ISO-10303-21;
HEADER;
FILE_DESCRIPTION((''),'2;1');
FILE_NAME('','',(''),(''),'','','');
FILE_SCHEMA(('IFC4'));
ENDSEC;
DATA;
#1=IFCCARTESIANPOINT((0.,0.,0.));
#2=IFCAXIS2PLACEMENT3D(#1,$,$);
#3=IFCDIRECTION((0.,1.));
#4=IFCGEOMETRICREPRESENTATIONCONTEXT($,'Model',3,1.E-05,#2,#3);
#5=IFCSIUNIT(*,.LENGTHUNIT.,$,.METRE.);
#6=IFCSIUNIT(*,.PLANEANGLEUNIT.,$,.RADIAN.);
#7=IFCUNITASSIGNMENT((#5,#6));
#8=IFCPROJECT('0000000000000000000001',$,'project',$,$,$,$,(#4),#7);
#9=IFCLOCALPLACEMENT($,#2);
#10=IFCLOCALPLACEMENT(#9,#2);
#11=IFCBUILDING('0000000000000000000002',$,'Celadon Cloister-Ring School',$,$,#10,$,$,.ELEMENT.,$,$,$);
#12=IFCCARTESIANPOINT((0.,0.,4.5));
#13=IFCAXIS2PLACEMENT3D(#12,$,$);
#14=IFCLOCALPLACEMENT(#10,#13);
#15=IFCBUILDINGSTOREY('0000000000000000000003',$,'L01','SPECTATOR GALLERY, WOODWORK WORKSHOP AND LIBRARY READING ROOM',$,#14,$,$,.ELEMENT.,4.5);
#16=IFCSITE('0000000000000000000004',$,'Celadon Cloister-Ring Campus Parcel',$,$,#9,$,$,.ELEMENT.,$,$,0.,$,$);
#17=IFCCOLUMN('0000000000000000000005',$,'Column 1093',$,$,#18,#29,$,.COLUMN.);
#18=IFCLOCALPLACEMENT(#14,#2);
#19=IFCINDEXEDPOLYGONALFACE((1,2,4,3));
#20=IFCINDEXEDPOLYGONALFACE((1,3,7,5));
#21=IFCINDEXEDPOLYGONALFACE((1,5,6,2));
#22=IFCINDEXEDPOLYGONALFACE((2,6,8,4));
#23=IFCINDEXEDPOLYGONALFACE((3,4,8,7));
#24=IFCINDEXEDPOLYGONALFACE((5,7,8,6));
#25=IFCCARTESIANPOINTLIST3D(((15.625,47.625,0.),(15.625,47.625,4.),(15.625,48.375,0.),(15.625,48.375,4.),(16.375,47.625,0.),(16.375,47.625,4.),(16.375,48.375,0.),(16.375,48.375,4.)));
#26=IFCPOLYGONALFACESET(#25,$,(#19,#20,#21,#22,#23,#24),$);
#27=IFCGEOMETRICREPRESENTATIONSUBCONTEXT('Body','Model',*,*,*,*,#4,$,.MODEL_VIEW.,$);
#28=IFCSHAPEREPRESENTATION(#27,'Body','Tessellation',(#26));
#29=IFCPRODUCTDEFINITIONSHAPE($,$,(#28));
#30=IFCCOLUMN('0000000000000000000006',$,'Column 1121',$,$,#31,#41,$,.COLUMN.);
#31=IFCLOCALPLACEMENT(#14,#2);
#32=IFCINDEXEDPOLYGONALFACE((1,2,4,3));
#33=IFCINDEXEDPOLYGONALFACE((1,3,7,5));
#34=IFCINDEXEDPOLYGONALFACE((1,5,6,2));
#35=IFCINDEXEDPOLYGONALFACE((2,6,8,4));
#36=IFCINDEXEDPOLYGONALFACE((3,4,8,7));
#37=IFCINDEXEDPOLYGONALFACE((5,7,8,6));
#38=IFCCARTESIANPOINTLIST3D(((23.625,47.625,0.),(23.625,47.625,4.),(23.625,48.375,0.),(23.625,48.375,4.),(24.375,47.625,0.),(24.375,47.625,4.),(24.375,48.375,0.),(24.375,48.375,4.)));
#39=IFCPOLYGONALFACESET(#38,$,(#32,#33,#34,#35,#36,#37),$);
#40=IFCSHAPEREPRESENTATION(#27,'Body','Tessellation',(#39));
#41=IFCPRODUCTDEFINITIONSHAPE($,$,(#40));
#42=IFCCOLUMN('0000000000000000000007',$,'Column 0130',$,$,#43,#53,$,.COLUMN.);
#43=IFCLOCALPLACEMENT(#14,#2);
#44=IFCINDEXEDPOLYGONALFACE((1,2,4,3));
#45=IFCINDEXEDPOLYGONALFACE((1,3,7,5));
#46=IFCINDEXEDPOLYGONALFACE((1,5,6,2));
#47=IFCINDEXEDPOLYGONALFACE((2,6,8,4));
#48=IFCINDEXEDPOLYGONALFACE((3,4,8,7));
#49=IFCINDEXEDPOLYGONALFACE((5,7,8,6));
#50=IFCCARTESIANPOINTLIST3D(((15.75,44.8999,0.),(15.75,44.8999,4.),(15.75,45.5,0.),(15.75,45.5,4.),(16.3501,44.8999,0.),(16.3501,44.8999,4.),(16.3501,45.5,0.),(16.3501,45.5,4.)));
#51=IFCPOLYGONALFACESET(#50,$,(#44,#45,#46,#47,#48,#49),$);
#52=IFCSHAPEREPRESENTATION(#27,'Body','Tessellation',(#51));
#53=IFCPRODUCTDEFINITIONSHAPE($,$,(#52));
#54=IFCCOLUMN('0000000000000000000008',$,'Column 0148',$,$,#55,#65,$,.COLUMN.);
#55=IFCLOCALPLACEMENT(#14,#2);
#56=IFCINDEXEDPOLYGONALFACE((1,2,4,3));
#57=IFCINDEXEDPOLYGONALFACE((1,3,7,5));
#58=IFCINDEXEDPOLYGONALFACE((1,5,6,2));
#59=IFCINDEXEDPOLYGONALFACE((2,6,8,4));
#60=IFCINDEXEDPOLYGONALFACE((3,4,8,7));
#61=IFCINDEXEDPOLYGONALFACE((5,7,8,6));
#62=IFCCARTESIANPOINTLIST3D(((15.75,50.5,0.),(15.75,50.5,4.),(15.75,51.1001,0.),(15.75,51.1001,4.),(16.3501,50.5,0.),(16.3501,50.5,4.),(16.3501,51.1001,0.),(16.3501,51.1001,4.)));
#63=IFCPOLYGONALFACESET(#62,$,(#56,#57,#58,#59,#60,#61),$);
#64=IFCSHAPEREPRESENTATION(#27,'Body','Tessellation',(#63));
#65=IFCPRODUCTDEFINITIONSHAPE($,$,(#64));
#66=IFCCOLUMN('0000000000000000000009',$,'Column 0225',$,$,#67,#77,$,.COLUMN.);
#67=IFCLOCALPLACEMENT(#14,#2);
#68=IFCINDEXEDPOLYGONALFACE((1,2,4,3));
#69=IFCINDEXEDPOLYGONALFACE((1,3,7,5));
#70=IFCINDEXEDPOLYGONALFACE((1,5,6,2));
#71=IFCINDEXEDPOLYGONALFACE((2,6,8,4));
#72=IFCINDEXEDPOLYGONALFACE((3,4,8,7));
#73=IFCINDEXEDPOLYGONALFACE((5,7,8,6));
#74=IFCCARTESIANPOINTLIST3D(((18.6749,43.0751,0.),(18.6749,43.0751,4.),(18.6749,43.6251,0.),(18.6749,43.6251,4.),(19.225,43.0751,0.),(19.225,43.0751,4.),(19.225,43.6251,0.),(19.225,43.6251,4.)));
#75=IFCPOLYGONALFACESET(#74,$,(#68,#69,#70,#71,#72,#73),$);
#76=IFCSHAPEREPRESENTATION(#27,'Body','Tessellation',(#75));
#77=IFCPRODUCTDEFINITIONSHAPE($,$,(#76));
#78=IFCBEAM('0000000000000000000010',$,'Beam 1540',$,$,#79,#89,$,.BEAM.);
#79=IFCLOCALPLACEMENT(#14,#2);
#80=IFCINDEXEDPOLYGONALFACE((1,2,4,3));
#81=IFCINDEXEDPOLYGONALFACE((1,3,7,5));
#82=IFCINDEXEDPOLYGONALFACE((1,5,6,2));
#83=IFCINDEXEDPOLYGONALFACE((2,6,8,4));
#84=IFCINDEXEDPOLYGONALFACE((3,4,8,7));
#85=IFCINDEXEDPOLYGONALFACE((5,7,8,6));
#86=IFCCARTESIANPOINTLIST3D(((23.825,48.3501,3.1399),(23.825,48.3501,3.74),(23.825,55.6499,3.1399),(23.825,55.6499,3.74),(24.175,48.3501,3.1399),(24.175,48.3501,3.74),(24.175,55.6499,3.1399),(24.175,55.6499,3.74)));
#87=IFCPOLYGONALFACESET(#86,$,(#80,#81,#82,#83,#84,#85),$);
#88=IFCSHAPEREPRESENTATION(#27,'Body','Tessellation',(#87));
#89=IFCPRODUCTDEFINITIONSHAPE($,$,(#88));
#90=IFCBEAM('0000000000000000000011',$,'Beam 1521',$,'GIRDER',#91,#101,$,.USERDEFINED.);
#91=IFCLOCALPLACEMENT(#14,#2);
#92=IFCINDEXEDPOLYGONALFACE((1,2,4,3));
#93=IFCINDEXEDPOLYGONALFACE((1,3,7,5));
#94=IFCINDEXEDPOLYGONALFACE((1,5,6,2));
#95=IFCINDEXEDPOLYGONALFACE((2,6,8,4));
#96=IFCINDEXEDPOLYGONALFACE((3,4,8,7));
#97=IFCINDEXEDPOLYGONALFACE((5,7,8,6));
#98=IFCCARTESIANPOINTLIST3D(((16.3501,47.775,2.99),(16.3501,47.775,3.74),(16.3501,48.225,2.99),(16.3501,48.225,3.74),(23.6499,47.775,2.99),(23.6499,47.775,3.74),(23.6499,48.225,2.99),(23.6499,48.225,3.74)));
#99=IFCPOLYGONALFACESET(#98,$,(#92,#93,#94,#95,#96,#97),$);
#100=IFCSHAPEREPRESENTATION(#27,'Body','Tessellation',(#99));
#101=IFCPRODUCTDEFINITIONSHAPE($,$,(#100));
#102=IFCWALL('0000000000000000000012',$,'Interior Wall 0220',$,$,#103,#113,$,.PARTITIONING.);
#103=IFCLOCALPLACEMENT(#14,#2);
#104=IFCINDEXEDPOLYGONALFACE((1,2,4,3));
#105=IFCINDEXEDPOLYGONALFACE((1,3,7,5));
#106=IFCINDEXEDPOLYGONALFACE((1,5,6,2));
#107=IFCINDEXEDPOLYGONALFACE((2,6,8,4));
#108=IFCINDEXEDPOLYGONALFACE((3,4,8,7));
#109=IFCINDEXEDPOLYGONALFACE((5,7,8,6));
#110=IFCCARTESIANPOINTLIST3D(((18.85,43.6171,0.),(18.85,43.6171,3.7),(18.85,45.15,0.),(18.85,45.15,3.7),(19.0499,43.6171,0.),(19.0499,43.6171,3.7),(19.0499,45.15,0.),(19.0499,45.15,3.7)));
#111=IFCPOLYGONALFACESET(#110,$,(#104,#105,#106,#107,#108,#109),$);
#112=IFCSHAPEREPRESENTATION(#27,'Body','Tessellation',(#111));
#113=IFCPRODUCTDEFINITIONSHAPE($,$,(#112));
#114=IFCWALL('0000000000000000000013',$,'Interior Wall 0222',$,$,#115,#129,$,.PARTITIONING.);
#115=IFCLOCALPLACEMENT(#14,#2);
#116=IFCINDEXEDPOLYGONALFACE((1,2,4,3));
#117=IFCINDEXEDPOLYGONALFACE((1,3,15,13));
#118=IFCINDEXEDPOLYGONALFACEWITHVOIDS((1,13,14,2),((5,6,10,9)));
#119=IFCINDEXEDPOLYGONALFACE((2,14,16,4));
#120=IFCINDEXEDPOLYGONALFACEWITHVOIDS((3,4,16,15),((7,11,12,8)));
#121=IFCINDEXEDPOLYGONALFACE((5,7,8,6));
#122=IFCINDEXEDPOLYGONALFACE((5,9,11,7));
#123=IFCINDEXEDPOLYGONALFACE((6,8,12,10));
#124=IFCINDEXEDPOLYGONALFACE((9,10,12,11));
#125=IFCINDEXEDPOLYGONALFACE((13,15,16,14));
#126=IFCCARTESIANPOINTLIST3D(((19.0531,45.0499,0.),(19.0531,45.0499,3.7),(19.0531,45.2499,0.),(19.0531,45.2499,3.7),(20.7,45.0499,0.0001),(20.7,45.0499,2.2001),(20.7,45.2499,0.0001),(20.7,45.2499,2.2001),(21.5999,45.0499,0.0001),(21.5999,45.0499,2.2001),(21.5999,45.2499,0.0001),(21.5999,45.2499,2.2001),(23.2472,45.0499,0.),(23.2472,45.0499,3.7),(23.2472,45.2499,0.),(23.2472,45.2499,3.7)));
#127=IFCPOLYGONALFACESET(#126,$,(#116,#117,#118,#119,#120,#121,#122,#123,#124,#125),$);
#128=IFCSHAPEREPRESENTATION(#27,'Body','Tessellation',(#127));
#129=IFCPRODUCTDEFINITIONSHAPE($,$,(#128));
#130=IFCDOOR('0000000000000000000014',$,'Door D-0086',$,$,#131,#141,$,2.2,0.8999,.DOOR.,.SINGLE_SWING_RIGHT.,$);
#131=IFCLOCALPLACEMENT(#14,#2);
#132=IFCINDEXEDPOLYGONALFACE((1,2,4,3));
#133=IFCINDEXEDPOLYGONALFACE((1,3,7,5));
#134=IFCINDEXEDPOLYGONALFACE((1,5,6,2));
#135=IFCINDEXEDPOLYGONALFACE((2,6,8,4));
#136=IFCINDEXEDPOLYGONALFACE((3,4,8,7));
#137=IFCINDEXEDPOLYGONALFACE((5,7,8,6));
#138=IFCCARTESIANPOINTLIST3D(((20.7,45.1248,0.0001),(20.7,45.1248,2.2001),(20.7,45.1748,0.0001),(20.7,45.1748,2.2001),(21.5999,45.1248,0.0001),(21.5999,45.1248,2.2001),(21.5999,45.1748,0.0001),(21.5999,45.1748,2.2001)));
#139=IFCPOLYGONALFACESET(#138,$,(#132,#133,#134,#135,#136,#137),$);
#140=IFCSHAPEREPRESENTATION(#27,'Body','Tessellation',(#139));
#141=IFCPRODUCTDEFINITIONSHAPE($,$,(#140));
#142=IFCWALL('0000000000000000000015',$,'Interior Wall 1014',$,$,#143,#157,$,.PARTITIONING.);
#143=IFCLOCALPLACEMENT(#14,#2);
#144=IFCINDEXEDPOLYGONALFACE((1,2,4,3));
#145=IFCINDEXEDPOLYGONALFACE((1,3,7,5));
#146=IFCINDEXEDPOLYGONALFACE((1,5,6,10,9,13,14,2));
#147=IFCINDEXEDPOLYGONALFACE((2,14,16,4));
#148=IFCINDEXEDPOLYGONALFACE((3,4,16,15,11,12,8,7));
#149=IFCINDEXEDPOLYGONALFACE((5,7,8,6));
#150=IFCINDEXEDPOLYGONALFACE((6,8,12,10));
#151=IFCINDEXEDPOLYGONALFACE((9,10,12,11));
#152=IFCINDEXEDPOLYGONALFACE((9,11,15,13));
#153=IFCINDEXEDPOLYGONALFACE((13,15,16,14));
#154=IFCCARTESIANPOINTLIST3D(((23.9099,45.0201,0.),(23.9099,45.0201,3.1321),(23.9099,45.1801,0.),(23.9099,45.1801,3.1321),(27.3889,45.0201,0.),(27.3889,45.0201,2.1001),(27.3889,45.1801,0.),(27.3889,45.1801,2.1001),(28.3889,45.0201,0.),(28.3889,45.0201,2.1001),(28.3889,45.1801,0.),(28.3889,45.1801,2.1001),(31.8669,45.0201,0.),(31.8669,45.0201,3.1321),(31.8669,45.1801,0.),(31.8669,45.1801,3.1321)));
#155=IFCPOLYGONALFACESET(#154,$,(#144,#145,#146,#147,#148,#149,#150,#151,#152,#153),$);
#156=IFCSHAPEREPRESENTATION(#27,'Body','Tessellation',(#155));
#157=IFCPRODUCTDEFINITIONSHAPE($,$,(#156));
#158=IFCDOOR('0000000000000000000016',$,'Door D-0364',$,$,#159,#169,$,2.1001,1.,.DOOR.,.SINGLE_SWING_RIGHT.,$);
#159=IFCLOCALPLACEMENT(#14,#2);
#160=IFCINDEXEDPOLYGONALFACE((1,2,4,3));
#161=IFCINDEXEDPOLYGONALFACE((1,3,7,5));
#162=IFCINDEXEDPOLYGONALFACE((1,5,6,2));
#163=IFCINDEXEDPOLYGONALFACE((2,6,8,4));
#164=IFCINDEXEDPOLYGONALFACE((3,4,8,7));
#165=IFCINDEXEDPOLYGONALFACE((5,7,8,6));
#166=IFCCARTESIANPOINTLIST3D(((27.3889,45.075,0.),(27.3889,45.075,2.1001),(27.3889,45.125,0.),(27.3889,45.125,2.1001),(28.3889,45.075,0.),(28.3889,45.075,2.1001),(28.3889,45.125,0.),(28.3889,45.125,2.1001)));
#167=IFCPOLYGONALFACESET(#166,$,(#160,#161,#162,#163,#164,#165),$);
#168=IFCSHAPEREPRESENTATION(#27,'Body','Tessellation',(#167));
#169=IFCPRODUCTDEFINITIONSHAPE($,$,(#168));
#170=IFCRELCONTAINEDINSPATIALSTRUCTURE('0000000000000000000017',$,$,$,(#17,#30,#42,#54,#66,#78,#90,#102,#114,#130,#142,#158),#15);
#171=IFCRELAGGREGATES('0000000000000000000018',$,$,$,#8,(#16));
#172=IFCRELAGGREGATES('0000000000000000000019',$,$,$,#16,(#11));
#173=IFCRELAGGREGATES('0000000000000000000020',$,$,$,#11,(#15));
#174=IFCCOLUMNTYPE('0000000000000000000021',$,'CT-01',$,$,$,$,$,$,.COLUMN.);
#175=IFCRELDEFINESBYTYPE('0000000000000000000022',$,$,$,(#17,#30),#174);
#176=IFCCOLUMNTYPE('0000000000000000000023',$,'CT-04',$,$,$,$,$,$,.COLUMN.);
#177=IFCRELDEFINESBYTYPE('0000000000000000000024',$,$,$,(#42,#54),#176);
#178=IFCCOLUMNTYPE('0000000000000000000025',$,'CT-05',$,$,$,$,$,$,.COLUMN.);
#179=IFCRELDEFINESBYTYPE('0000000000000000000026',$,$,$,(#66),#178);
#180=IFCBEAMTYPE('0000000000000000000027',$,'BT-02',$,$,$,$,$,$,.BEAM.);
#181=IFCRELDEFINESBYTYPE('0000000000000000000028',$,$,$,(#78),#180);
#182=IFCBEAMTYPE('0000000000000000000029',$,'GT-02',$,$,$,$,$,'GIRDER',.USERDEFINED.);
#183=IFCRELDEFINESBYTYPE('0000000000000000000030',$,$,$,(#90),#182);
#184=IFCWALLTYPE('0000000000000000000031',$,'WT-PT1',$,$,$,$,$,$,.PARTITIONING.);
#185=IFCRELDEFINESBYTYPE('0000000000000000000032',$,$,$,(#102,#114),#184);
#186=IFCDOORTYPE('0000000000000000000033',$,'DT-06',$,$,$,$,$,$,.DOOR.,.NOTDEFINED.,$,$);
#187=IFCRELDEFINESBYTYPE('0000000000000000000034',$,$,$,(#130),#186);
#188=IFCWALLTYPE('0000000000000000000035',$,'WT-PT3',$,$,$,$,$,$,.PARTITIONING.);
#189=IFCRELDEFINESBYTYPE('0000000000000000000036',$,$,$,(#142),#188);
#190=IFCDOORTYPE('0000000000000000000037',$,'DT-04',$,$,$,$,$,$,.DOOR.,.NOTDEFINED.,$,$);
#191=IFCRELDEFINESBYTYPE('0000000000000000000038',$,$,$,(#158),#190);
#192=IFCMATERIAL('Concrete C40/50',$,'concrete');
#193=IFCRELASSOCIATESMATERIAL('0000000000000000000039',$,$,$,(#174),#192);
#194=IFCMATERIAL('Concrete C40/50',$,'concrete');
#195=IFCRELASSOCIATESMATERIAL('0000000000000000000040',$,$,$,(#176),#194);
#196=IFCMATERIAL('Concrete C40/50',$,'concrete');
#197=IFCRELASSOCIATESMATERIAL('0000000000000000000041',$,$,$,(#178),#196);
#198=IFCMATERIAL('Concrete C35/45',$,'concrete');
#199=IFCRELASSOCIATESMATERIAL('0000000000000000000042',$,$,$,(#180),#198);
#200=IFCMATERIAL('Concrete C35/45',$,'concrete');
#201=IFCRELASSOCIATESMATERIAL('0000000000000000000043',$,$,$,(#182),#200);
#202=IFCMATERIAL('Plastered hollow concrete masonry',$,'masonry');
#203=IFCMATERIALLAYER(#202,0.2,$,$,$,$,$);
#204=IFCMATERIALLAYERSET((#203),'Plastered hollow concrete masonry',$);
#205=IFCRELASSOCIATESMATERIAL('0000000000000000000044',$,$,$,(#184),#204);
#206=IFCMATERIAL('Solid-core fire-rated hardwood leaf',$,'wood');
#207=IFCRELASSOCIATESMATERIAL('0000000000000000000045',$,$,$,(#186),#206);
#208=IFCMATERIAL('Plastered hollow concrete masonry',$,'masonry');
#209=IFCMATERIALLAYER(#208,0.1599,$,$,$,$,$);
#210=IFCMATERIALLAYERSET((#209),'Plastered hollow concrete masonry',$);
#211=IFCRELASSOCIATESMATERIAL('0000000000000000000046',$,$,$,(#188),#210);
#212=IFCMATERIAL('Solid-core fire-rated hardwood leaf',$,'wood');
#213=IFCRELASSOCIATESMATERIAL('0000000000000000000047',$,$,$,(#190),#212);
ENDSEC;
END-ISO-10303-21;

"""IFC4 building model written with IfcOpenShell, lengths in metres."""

from ifc_helpers import new_model, si_unit, direction, frame, frame_2d, origin, origin_2d, place, context, subcontext, project, spatial, rectangle, extrude, material, layer, layer_set, material_profile, profile_set, type_object, element, fill, save


model = new_model("IFC4")

# Units and contexts
model_context = context("Model", 3, precision=1e-05, world=origin(), true_north=direction((0.0, 1.0)))
body_context = subcontext(model_context, "Body", "Model", "MODEL_VIEW")
ifc_project = project(units=[si_unit("LENGTHUNIT", "METRE"), si_unit("PLANEANGLEUNIT", "RADIAN")], contexts=[model_context])

# Site, building, storey
site_placement = place(None, origin())
site = spatial("IfcSite", under=ifc_project, at=site_placement, Name="Celadon Cloister-Ring Campus Parcel", CompositionType="ELEMENT", RefElevation=0.0)
building_placement = place(site_placement, origin())
building = spatial("IfcBuilding", under=site, at=building_placement, Name="Celadon Cloister-Ring School", CompositionType="ELEMENT")
storey_placement = place(building_placement, frame((0.0, 0.0, 4.5)))
storey = spatial("IfcBuildingStorey", under=building, at=storey_placement, Name="L01", Description="SPECTATOR GALLERY, WOODWORK WORKSHOP AND LIBRARY READING ROOM", CompositionType="ELEMENT", Elevation=4.5)

# Columns
ifc_material_1 = material(Name="Concrete C40/50", Category="concrete")
ifc_material_profile_1 = material_profile(ifc_material_1, rectangle(XDim=0.75, YDim=0.75, at=origin_2d()), Name="RC750X750")
ifc_profile_set_1 = profile_set([ifc_material_profile_1], Name="Concrete C40/50")
column_type_1 = type_object("IfcColumnType", Name="CT-01", PredefinedType="COLUMN", material=ifc_profile_set_1)
for number, where, z_axis, x_axis, name in (
    (1, (16.0, 48.0, 0.0), (0.0, 0.0, 1.0), (1.0, 0.0, 0.0), "Column 1093"),
    (2, (24.0, 48.0, 0.0), (0.0, 0.0, 1.0), (1.0, 0.0, 0.0), "Column 1121"),
):
    element("IfcColumn", number, at=place(storey_placement, frame(where, z_axis=z_axis, x_axis=x_axis)), inside=storey, type_object=column_type_1, Name=name, PredefinedType="COLUMN", context=body_context, shape_type="SweptSolid", body=[
        extrude(rectangle(XDim=0.75, YDim=0.75, at=origin_2d()), origin(), (0.0, 0.0, 1.0), 4.0),
    ])
ifc_material_2 = material(Name="Concrete C40/50", Category="concrete")
ifc_material_profile_2 = material_profile(ifc_material_2, rectangle(XDim=0.6001, YDim=0.6001, at=origin_2d()), Name="RC600X600")
ifc_profile_set_2 = profile_set([ifc_material_profile_2], Name="Concrete C40/50")
column_type_2 = type_object("IfcColumnType", Name="CT-04", PredefinedType="COLUMN", material=ifc_profile_set_2)
for number, where, z_axis, x_axis, name in (
    (3, (16.05, 45.2, 0.0), (0.0, 0.0, 1.0), (1.0, 0.0, 0.0), "Column 0130"),
    (4, (16.05, 50.8, 0.0), (0.0, 0.0, 1.0), (1.0, 0.0, 0.0), "Column 0148"),
):
    element("IfcColumn", number, at=place(storey_placement, frame(where, z_axis=z_axis, x_axis=x_axis)), inside=storey, type_object=column_type_2, Name=name, PredefinedType="COLUMN", context=body_context, shape_type="SweptSolid", body=[
        extrude(rectangle(XDim=0.6001, YDim=0.6001, at=origin_2d()), origin(), (0.0, 0.0, 1.0), 4.0),
    ])
ifc_material_3 = material(Name="Concrete C40/50", Category="concrete")
ifc_material_profile_3 = material_profile(ifc_material_3, rectangle(XDim=0.55, YDim=0.55, at=origin_2d()), Name="RC550X550")
ifc_profile_set_3 = profile_set([ifc_material_profile_3], Name="Concrete C40/50")
column_type_3 = type_object("IfcColumnType", Name="CT-05", PredefinedType="COLUMN", material=ifc_profile_set_3)
column_placement = place(storey_placement, frame((18.95, 43.3501, 0.0), z_axis=(0.0, 0.0, 1.0), x_axis=(1.0, 0.0, 0.0)))
element("IfcColumn", 5, at=column_placement, inside=storey, type_object=column_type_3, Name="Column 0225", PredefinedType="COLUMN", context=body_context, shape_type="SweptSolid", body=[
    extrude(rectangle(XDim=0.55, YDim=0.55, at=origin_2d()), origin(), (0.0, 0.0, 1.0), 4.0),
])

# Beams
ifc_material_4 = material(Name="Concrete C35/45", Category="concrete")
ifc_material_profile_4 = material_profile(ifc_material_4, rectangle(XDim=0.3501, YDim=0.6001, at=origin_2d()), Name="RC350X600")
ifc_profile_set_4 = profile_set([ifc_material_profile_4], Name="Concrete C35/45")
beam_type_1 = type_object("IfcBeamType", Name="BT-02", PredefinedType="BEAM", material=ifc_profile_set_4)
beam_1_placement = place(storey_placement, frame((24.0, 48.3501, 3.4399), z_axis=(0.0, 1.0, 0.0), x_axis=(-1.0, 0.0, 0.0)))
element("IfcBeam", 6, at=beam_1_placement, inside=storey, type_object=beam_type_1, Name="Beam 1540", PredefinedType="BEAM", context=body_context, shape_type="SweptSolid", body=[
    extrude(rectangle(XDim=0.3501, YDim=0.6001, at=origin_2d()), origin(), (0.0, 0.0, 1.0), 7.2998),
])
ifc_material_5 = material(Name="Concrete C35/45", Category="concrete")
ifc_material_profile_5 = material_profile(ifc_material_5, rectangle(XDim=0.45, YDim=0.75, at=origin_2d()), Name="RC450X750")
ifc_profile_set_5 = profile_set([ifc_material_profile_5], Name="Concrete C35/45")
beam_type_2 = type_object("IfcBeamType", Name="GT-02", ElementType="GIRDER", PredefinedType="USERDEFINED", material=ifc_profile_set_5)
beam_2_placement = place(storey_placement, frame((16.3501, 48.0, 3.365), z_axis=(1.0, 0.0, 0.0), x_axis=(0.0, 1.0, 0.0)))
element("IfcBeam", 7, at=beam_2_placement, inside=storey, type_object=beam_type_2, Name="Beam 1521", ObjectType="GIRDER", PredefinedType="USERDEFINED", context=body_context, shape_type="SweptSolid", body=[
    extrude(rectangle(XDim=0.45, YDim=0.75, at=origin_2d()), origin(), (0.0, 0.0, 1.0), 7.2998),
])

# Wall
ifc_material_6 = material(Name="Plastered hollow concrete masonry", Category="masonry")
ifc_layer_1 = layer(ifc_material_6, 0.2)
ifc_layer_set_1 = layer_set([ifc_layer_1], Name="Plastered hollow concrete masonry")
wall_type_1 = type_object("IfcWallType", Name="WT-PT1", PredefinedType="PARTITIONING", material=ifc_layer_set_1)
wall_1_placement = place(storey_placement, frame((18.95, 43.6169, 0.0), z_axis=(0.0, 0.0, 1.0), x_axis=(0.0, 1.0, 0.0)))
element("IfcWall", 8, at=wall_1_placement, inside=storey, type_object=wall_type_1, Name="Interior Wall 0220", PredefinedType="PARTITIONING", context=body_context, shape_type="SweptSolid", body=[
    extrude(rectangle(XDim=1.533, YDim=0.2, at=frame_2d((0.7666, 0.0))), origin(), (0.0, 0.0, 1.0), 3.7),
])

# Walls, openings, doors
wall_2_placement = place(storey_placement, frame((19.053, 45.1499, 0.0), z_axis=(0.0, 0.0, 1.0), x_axis=(1.0, 0.0, 0.0)))
wall_2 = element("IfcWall", 9, at=wall_2_placement, inside=storey, type_object=wall_type_1, Name="Interior Wall 0222", PredefinedType="PARTITIONING", context=body_context, shape_type="SweptSolid", body=[
    extrude(rectangle(XDim=4.1941, YDim=0.2, at=frame_2d((2.0972, 0.0))), origin(), (0.0, 0.0, 1.0), 3.7),
])
opening_1_placement = place(wall_2_placement, frame((1.647, 0.0, 0.0)))
opening_1 = element("IfcOpeningElement", 10, at=opening_1_placement, cuts=wall_2, PredefinedType="OPENING", context=body_context, shape_type="SweptSolid", body=[
    extrude(rectangle(XDim=0.8999, YDim=2.2, at=frame_2d((0.45, 1.1001))), frame((0.0, 0.1099, 0.0), z_axis=(0.0, -1.0, 0.0), x_axis=(1.0, 0.0, 0.0)), (0.0, 0.0, 1.0), 0.22),
])
ifc_material_7 = material(Name="Solid-core fire-rated hardwood leaf", Category="wood")
door_type_1 = type_object("IfcDoorType", Name="DT-06", OperationType="NOTDEFINED", PredefinedType="DOOR", material=ifc_material_7)
door_1_placement = place(opening_1_placement, origin())
door_1 = element("IfcDoor", 11, at=door_1_placement, inside=storey, type_object=door_type_1, Name="Door D-0086", OperationType="SINGLE_SWING_RIGHT", OverallHeight=2.2, OverallWidth=0.8999, PredefinedType="DOOR", context=body_context, shape_type="SweptSolid", body=[
    extrude(rectangle(XDim=0.8999, YDim=2.2, at=frame_2d((0.45, 1.1001))), frame((0.0, 0.0249, 0.0), z_axis=(0.0, -1.0, 0.0), x_axis=(1.0, 0.0, 0.0)), (0.0, 0.0, 1.0), 0.05),
])
fill(opening_1, door_1)
ifc_material_8 = material(Name="Plastered hollow concrete masonry", Category="masonry")
ifc_layer_2 = layer(ifc_material_8, 0.1599)
ifc_layer_set_2 = layer_set([ifc_layer_2], Name="Plastered hollow concrete masonry")
wall_type_2 = type_object("IfcWallType", Name="WT-PT3", PredefinedType="PARTITIONING", material=ifc_layer_set_2)
wall_3_placement = place(storey_placement, frame((23.9099, 45.1001, 0.0), z_axis=(0.0, 0.0, 1.0), x_axis=(1.0, 0.0, 0.0)))
wall_3 = element("IfcWall", 12, at=wall_3_placement, inside=storey, type_object=wall_type_2, Name="Interior Wall 1014", PredefinedType="PARTITIONING", context=body_context, shape_type="SweptSolid", body=[
    extrude(rectangle(XDim=7.957, YDim=0.1599, at=frame_2d((3.9785, 0.0))), origin(), (0.0, 0.0, 1.0), 3.1321),
])
opening_2_placement = place(wall_3_placement, frame((3.479, 0.0, 0.0)))
opening_2 = element("IfcOpeningElement", 13, at=opening_2_placement, cuts=wall_3, PredefinedType="OPENING", context=body_context, shape_type="SweptSolid", body=[
    extrude(rectangle(XDim=1.0, YDim=2.1001, at=frame_2d((0.5, 1.05))), frame((0.0, 0.0898, 0.0), z_axis=(0.0, -1.0, 0.0), x_axis=(1.0, 0.0, 0.0)), (0.0, 0.0, 1.0), 0.1799),
])
ifc_material_9 = material(Name="Solid-core fire-rated hardwood leaf", Category="wood")
door_type_2 = type_object("IfcDoorType", Name="DT-04", OperationType="NOTDEFINED", PredefinedType="DOOR", material=ifc_material_9)
door_2_placement = place(opening_2_placement, origin())
door_2 = element("IfcDoor", 14, at=door_2_placement, inside=storey, type_object=door_type_2, Name="Door D-0364", OperationType="SINGLE_SWING_RIGHT", OverallHeight=2.1001, OverallWidth=1.0, PredefinedType="DOOR", context=body_context, shape_type="SweptSolid", body=[
    extrude(rectangle(XDim=1.0, YDim=2.1001, at=frame_2d((0.5, 1.05))), frame((0.0, 0.0249, 0.0), z_axis=(0.0, -1.0, 0.0), x_axis=(1.0, 0.0, 0.0)), (0.0, 0.0, 1.0), 0.05),
])
fill(opening_2, door_2)

save(model, "model.ifc")
